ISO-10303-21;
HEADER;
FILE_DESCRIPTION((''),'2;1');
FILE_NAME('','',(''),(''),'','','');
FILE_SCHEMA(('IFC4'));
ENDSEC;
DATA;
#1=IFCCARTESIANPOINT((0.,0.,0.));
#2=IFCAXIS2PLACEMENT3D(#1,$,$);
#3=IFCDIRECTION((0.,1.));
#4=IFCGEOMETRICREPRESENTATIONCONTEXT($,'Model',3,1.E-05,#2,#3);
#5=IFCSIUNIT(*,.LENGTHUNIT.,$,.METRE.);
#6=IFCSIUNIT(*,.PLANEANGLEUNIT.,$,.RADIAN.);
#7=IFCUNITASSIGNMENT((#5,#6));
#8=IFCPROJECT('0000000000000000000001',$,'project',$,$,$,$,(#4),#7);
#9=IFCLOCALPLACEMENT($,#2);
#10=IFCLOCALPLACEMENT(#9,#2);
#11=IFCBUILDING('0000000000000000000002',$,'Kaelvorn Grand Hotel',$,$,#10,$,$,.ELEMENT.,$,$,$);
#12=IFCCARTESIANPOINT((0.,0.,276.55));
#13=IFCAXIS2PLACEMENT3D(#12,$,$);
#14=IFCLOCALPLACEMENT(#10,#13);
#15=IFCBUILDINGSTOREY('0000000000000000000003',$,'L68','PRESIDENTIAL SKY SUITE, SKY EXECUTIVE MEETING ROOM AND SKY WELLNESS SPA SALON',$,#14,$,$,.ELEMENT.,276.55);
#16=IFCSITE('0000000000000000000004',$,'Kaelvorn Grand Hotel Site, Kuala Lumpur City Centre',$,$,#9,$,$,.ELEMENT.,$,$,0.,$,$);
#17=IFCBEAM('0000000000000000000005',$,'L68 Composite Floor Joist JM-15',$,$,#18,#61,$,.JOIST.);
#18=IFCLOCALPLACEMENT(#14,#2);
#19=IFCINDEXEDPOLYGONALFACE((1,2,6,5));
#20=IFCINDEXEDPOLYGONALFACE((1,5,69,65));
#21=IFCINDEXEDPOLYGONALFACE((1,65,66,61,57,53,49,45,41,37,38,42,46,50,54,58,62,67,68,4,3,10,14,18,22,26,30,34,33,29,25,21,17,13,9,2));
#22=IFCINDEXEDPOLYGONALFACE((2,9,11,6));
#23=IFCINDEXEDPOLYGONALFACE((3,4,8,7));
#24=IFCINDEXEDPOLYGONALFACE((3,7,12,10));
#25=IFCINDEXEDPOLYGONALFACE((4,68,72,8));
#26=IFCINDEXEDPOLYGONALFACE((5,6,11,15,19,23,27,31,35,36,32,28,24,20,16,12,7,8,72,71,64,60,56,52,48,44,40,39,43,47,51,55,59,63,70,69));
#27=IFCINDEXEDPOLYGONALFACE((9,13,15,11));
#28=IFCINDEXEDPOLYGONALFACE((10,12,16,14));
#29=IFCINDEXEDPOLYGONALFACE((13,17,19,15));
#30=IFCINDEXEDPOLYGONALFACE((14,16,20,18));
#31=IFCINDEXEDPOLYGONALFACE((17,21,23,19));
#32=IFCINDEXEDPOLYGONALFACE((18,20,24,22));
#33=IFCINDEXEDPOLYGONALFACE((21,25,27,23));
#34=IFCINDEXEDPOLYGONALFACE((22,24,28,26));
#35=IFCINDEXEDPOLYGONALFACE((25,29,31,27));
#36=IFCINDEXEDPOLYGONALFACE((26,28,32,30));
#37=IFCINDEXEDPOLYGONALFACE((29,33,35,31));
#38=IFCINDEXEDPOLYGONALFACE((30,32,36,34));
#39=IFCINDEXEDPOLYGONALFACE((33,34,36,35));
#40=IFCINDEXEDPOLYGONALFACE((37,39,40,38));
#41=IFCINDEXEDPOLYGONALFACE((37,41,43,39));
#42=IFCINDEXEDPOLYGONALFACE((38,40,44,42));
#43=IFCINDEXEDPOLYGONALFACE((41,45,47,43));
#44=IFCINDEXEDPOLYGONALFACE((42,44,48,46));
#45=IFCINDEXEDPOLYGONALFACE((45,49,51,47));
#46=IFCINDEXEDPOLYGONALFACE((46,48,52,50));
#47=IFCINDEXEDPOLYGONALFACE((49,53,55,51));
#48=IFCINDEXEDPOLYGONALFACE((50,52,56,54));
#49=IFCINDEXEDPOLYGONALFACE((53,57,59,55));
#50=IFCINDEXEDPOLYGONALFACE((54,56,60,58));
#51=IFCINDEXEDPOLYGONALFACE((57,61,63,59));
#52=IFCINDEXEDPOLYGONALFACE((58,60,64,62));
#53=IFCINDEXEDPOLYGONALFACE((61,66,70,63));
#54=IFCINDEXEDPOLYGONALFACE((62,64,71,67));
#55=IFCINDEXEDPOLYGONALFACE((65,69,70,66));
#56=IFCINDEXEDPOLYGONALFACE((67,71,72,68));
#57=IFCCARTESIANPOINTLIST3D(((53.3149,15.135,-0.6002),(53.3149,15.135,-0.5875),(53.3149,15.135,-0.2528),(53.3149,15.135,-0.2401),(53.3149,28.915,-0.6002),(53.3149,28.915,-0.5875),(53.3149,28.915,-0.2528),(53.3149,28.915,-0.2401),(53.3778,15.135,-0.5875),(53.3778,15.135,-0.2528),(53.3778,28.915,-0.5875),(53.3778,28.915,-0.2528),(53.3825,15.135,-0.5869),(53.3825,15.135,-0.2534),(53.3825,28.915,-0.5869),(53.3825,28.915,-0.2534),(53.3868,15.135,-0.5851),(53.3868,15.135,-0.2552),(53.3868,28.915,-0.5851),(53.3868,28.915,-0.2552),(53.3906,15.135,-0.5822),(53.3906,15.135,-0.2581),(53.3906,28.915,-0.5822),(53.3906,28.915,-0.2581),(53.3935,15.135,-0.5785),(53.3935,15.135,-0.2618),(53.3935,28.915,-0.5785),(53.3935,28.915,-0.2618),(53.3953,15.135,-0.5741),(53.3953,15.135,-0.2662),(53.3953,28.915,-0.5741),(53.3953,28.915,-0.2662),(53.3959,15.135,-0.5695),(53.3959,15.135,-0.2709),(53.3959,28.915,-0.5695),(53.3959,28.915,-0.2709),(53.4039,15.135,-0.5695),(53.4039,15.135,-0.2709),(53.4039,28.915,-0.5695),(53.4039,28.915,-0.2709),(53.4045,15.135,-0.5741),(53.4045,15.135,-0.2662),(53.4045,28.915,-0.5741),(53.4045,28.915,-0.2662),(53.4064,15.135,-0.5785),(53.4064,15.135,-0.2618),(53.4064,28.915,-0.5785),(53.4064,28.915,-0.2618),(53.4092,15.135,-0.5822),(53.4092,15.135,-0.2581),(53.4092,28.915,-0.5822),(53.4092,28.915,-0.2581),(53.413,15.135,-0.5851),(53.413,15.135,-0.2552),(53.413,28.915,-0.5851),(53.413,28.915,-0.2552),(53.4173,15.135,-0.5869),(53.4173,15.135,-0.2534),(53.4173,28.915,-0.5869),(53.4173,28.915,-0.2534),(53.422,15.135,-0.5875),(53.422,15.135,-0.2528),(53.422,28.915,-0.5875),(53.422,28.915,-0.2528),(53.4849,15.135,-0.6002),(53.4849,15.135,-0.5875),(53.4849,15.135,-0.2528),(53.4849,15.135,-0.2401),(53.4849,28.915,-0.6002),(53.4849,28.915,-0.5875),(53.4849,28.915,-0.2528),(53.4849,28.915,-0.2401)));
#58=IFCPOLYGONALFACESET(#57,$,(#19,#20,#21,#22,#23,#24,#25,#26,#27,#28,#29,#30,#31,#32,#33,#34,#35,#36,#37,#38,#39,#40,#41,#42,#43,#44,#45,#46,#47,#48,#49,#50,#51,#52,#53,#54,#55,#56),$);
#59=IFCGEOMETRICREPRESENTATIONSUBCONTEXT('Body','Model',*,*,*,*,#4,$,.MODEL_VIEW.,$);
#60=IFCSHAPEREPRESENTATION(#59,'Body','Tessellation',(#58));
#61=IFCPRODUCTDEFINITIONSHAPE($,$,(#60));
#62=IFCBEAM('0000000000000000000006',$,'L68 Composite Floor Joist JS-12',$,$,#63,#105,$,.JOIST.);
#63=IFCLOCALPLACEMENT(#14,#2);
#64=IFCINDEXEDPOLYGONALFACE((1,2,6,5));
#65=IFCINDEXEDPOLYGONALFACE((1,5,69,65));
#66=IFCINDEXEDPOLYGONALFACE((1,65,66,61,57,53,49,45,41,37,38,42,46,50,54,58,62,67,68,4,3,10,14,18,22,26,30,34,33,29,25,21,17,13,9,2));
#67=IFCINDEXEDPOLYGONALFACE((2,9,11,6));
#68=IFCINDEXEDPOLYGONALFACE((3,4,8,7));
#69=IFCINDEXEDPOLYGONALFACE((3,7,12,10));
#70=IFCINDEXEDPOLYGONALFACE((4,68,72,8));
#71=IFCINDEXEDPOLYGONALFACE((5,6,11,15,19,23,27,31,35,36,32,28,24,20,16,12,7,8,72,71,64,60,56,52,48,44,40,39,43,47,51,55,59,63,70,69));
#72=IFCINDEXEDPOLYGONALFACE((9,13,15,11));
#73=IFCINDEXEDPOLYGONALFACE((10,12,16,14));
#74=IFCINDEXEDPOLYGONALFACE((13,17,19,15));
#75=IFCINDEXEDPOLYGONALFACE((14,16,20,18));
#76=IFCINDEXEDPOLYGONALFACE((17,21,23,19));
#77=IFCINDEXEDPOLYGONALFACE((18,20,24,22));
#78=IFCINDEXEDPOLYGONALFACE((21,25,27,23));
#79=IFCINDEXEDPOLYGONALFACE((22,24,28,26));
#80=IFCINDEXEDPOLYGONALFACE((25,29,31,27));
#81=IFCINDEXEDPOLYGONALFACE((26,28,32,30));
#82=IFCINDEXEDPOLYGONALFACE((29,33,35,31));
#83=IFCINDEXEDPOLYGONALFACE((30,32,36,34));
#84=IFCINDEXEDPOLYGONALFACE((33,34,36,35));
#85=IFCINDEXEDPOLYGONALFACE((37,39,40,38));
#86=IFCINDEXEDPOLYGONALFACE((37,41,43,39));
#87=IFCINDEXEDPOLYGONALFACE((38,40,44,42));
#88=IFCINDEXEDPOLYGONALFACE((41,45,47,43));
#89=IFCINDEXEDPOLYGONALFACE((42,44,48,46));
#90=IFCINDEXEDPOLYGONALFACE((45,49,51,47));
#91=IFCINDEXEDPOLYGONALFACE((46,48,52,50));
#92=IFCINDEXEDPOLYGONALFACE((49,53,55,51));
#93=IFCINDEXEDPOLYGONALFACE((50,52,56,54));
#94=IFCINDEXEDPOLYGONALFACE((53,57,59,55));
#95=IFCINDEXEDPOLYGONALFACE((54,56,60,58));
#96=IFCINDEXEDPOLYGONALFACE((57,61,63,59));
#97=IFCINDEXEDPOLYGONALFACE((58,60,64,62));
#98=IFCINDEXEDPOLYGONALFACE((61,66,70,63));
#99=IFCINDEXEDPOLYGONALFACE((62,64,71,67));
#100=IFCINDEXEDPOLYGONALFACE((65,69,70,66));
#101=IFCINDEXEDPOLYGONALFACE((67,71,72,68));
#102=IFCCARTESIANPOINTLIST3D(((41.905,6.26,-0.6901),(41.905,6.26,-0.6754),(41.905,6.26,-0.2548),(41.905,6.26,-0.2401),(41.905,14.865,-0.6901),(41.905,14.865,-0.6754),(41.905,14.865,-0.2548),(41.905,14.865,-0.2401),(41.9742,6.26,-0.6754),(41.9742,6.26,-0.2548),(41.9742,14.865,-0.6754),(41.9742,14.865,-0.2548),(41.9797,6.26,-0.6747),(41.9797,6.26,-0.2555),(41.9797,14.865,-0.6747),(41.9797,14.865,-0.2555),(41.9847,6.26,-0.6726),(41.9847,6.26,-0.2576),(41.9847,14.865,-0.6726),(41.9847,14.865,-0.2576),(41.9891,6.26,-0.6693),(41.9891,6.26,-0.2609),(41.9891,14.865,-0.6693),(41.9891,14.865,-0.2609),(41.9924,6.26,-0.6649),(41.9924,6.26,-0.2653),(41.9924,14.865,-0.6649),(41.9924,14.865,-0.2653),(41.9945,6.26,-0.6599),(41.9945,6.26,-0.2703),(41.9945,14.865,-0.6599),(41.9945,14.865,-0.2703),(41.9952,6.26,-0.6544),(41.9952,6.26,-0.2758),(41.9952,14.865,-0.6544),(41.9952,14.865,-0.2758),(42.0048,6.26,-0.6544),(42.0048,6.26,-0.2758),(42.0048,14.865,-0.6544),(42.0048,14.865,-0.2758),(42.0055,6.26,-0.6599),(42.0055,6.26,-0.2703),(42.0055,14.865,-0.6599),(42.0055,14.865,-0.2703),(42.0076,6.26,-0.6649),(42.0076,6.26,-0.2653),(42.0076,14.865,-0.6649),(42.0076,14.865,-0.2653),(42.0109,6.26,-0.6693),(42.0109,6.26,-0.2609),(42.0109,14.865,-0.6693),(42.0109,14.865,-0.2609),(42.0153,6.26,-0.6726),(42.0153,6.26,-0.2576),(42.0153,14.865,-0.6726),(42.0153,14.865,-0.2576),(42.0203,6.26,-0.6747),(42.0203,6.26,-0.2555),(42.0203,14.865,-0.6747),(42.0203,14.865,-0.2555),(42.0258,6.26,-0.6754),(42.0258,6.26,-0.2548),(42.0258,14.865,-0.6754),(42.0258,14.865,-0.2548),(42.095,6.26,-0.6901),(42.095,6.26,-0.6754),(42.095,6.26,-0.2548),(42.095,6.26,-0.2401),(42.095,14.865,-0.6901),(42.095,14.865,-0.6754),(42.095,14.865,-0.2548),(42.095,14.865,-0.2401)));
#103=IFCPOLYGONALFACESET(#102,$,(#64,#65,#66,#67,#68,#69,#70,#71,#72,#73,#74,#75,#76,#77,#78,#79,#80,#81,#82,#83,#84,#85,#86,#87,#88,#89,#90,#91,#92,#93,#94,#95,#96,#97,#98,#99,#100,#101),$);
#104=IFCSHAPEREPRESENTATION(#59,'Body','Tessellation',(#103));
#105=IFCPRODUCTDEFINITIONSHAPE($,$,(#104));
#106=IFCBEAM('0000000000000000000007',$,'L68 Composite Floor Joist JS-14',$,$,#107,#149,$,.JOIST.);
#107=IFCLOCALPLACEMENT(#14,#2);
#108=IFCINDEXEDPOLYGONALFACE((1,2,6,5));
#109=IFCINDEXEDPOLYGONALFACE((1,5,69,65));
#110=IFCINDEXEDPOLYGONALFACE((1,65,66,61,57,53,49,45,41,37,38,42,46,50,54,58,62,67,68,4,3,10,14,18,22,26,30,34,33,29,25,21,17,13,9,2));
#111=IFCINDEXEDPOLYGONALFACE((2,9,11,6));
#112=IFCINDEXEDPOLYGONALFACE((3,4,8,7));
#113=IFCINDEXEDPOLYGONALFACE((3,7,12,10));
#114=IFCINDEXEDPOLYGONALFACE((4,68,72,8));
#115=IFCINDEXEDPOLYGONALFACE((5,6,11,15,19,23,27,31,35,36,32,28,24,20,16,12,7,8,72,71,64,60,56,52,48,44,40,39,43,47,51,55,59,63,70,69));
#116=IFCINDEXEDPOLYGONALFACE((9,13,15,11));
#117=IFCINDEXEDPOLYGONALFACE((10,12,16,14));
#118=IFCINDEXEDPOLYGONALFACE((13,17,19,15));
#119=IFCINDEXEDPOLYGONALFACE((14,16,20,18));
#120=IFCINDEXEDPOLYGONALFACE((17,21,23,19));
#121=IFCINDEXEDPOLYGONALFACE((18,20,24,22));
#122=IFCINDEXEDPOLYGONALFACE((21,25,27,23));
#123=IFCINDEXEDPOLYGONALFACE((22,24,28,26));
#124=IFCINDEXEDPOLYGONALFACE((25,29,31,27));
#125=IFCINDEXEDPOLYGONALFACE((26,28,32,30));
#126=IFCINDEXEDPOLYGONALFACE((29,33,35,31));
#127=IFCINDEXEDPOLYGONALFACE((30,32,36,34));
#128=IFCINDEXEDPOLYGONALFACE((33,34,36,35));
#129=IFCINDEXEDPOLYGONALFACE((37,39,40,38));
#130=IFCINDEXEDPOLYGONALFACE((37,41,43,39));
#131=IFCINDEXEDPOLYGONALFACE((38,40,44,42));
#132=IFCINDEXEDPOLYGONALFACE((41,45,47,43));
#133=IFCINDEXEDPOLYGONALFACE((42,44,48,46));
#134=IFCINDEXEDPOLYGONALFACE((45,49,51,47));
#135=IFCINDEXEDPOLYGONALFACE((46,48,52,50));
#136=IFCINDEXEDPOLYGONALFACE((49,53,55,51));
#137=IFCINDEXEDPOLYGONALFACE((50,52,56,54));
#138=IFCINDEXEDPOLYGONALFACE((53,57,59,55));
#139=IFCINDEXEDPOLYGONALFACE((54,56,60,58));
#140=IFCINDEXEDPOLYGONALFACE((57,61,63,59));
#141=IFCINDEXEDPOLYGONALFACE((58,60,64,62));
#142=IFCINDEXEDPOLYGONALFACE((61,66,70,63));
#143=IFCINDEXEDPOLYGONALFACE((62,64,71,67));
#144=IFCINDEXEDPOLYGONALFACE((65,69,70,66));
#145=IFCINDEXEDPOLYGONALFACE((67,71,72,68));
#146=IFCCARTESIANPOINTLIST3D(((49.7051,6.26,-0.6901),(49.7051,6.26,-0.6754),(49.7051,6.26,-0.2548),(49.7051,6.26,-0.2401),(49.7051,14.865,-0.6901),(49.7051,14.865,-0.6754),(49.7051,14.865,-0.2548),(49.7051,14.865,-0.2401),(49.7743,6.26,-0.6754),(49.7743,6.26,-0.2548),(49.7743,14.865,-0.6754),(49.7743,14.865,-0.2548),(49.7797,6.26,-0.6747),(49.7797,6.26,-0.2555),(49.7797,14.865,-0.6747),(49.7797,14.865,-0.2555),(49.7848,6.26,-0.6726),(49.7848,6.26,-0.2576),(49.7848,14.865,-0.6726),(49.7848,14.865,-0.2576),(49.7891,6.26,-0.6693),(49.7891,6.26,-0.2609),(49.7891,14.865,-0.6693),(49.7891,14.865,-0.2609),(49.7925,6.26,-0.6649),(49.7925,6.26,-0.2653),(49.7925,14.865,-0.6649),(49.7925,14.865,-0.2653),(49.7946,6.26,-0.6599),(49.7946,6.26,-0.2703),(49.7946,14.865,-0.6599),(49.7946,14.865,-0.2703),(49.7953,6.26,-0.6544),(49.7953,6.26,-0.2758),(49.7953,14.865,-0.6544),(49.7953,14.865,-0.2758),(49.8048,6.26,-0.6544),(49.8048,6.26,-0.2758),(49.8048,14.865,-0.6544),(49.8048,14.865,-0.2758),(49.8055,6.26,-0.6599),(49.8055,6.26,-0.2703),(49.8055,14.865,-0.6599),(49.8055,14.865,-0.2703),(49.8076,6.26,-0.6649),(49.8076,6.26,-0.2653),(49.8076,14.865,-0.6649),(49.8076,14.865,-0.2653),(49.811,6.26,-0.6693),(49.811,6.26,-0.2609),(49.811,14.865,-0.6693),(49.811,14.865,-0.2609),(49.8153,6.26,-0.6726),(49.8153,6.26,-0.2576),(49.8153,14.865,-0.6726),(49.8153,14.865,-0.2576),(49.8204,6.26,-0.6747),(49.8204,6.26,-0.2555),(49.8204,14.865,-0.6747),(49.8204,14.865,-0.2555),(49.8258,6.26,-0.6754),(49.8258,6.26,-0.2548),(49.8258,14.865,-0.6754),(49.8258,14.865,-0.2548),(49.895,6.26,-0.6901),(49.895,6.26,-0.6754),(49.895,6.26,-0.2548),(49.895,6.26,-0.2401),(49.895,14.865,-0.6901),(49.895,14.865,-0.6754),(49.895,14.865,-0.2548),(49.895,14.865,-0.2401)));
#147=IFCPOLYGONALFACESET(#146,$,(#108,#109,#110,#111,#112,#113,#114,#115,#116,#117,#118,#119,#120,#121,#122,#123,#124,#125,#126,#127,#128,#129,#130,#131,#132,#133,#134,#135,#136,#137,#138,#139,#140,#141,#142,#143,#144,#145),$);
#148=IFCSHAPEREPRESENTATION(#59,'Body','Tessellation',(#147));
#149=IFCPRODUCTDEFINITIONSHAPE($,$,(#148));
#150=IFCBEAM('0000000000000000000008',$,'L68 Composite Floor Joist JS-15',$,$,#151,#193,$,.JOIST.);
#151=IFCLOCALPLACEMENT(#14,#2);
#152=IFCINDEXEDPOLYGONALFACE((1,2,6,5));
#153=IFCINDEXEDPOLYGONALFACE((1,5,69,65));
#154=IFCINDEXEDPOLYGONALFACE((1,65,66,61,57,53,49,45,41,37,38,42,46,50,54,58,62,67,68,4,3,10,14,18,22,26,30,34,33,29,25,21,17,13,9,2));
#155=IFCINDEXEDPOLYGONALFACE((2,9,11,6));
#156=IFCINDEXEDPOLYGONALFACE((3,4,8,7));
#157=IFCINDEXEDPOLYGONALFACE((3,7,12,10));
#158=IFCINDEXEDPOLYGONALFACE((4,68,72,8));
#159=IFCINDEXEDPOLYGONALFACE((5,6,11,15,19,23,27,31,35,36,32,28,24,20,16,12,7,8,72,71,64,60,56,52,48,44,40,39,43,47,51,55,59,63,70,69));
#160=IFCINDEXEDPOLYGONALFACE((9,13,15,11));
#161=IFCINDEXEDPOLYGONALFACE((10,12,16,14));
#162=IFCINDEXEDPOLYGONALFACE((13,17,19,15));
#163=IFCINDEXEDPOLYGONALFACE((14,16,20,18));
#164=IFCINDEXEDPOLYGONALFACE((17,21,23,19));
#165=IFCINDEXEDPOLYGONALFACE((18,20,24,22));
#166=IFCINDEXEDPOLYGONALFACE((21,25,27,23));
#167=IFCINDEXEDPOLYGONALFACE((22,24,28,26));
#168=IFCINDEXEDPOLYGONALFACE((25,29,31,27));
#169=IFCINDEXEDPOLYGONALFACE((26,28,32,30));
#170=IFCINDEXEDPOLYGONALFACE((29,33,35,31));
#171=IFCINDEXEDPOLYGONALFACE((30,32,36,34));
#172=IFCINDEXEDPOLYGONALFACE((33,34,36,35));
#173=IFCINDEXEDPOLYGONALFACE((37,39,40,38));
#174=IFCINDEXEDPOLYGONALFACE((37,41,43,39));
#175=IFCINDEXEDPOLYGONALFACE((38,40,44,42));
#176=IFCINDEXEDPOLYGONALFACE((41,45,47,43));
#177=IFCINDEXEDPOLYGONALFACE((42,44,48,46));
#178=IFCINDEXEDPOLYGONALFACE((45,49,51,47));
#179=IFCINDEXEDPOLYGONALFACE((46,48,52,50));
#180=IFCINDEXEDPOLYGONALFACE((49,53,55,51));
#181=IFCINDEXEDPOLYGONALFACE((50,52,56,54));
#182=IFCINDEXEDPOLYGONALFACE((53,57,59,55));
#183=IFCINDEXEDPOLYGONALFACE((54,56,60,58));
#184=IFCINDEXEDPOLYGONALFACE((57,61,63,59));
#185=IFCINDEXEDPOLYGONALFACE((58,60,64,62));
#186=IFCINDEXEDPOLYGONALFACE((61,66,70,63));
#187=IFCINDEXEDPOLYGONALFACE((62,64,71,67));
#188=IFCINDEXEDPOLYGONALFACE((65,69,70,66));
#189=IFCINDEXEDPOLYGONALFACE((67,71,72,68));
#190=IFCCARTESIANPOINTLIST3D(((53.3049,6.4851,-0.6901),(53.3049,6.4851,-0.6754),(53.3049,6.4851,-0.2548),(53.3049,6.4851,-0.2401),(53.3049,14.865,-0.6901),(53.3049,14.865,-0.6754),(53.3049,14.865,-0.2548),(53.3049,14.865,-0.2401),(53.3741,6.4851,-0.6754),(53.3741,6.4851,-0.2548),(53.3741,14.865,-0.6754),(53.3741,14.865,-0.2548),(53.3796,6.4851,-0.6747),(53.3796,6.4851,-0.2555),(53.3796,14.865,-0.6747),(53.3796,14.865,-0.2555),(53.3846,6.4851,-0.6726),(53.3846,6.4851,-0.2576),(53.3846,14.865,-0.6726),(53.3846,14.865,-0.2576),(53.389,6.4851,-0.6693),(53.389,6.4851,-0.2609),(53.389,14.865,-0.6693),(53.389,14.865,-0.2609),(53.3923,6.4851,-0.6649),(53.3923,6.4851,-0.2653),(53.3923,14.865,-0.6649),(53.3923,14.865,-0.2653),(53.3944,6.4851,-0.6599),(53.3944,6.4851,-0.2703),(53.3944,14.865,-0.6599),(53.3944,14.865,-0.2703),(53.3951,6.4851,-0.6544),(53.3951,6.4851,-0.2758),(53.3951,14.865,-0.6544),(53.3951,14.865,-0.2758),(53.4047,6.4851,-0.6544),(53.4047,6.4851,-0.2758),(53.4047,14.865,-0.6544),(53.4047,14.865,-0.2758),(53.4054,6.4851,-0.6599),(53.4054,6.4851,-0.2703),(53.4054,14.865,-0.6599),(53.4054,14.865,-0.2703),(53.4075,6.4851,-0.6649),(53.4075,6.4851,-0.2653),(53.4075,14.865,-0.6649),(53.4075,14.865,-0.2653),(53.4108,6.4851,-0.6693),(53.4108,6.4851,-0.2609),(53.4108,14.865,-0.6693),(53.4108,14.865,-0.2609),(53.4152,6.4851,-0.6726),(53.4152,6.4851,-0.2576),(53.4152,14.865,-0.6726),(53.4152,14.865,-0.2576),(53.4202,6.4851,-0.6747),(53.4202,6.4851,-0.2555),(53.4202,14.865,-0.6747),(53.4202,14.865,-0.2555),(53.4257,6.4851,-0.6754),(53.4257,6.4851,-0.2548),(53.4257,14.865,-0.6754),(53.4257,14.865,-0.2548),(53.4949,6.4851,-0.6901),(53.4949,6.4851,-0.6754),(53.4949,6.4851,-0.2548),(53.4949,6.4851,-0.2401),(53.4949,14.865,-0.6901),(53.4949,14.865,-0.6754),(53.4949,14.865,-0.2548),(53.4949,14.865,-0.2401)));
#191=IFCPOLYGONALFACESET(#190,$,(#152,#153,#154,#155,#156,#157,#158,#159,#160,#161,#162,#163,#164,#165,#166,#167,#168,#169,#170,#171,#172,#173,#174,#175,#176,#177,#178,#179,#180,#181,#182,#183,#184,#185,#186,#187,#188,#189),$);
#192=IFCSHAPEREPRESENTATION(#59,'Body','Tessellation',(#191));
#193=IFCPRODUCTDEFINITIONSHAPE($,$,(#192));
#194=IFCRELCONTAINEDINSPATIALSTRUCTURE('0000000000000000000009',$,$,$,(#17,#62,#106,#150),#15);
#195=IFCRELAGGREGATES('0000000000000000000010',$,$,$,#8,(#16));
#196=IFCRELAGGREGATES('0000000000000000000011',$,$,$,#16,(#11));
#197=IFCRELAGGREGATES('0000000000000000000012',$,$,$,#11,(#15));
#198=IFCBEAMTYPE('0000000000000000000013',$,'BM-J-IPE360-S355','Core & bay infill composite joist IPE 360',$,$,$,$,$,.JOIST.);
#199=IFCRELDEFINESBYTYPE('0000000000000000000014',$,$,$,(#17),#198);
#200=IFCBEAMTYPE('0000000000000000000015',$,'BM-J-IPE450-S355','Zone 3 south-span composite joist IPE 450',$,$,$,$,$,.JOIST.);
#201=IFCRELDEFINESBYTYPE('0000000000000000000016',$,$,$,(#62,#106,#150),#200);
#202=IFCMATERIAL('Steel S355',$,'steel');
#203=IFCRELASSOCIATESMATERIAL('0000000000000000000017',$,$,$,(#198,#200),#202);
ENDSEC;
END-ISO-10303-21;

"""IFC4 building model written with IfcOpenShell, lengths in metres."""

from ifc_helpers import new_model, si_unit, direction, frame, origin, origin_2d, place, context, subcontext, project, spatial, i_section, extrude, material, material_profile, profile_set, type_object, element, save


model = new_model("IFC4")

# Units and contexts
model_context = context("Model", 3, precision=1e-05, world=origin(), true_north=direction((0.0, 1.0)))
body_context = subcontext(model_context, "Body", "Model", "MODEL_VIEW")
ifc_project = project(units=[si_unit("LENGTHUNIT", "METRE"), si_unit("PLANEANGLEUNIT", "RADIAN")], contexts=[model_context])

# Site, building, storey
site_placement = place(None, origin())
site = spatial("IfcSite", under=ifc_project, at=site_placement, Name="Kaelvorn Grand Hotel Site, Kuala Lumpur City Centre", CompositionType="ELEMENT", RefElevation=0.0)
building_placement = place(site_placement, origin())
building = spatial("IfcBuilding", under=site, at=building_placement, Name="Kaelvorn Grand Hotel", CompositionType="ELEMENT")
storey_placement = place(building_placement, frame((0.0, 0.0, 276.55)))
storey = spatial("IfcBuildingStorey", under=building, at=storey_placement, Name="L68", Description="PRESIDENTIAL SKY SUITE, SKY EXECUTIVE MEETING ROOM AND SKY WELLNESS SPA SALON", CompositionType="ELEMENT", Elevation=276.55)

# Beams
ifc_material_1 = material(Name="Steel S355", Category="steel")
ifc_material_profile_1 = material_profile(ifc_material_1, i_section(OverallWidth=0.1699, OverallDepth=0.3601, WebThickness=0.0081, FlangeThickness=0.0127, FilletRadius=0.0181, at=origin_2d()), Name="IPE 360")
ifc_profile_set_1 = profile_set([ifc_material_profile_1], Name="Steel S355")
beam_type_1 = type_object("IfcBeamType", Name="BM-J-IPE360-S355", Description="Core & bay infill composite joist IPE 360", PredefinedType="JOIST", material=ifc_profile_set_1)
beam_1_placement = place(storey_placement, frame((53.3999, 15.135, -0.4202), z_axis=(0.0, 1.0, 0.0), x_axis=(-1.0, 0.0, 0.0)))
element("IfcBeam", 1, at=beam_1_placement, inside=storey, type_object=beam_type_1, Name="L68 Composite Floor Joist JM-15", PredefinedType="JOIST", context=body_context, shape_type="SweptSolid", body=[
    extrude(i_section(OverallWidth=0.1699, OverallDepth=0.3601, WebThickness=0.0081, FlangeThickness=0.0127, FilletRadius=0.0181, at=origin_2d()), origin(), (0.0, 0.0, 1.0), 13.78),
])
ifc_material_profile_2 = material_profile(ifc_material_1, i_section(OverallWidth=0.1899, OverallDepth=0.45, WebThickness=0.0095, FlangeThickness=0.0146, FilletRadius=0.021, at=origin_2d()), Name="IPE 450")
ifc_profile_set_2 = profile_set([ifc_material_profile_2], Name="Steel S355")
beam_type_2 = type_object("IfcBeamType", Name="BM-J-IPE450-S355", Description="Zone 3 south-span composite joist IPE 450", PredefinedType="JOIST", material=ifc_profile_set_2)
for number, where, z_axis, x_axis, name in (
    (2, (42.0, 6.26, -0.4651), (0.0, 1.0, 0.0), (-1.0, 0.0, 0.0), "L68 Composite Floor Joist JS-12"),
    (3, (49.8, 6.26, -0.4651), (0.0, 1.0, 0.0), (-1.0, 0.0, 0.0), "L68 Composite Floor Joist JS-14"),
):
    element("IfcBeam", number, at=place(storey_placement, frame(where, z_axis=z_axis, x_axis=x_axis)), inside=storey, type_object=beam_type_2, Name=name, PredefinedType="JOIST", context=body_context, shape_type="SweptSolid", body=[
        extrude(i_section(OverallWidth=0.1899, OverallDepth=0.45, WebThickness=0.0095, FlangeThickness=0.0146, FilletRadius=0.021, at=origin_2d()), origin(), (0.0, 0.0, 1.0), 8.605),
    ])
beam_2_placement = place(storey_placement, frame((53.3999, 6.4851, -0.4651), z_axis=(0.0, 1.0, 0.0), x_axis=(-1.0, 0.0, 0.0)))
element("IfcBeam", 4, at=beam_2_placement, inside=storey, type_object=beam_type_2, Name="L68 Composite Floor Joist JS-15", PredefinedType="JOIST", context=body_context, shape_type="SweptSolid", body=[
    extrude(i_section(OverallWidth=0.1899, OverallDepth=0.45, WebThickness=0.0095, FlangeThickness=0.0146, FilletRadius=0.021, at=origin_2d()), origin(), (0.0, 0.0, 1.0), 8.3799),
])

save(model, "model.ifc")
